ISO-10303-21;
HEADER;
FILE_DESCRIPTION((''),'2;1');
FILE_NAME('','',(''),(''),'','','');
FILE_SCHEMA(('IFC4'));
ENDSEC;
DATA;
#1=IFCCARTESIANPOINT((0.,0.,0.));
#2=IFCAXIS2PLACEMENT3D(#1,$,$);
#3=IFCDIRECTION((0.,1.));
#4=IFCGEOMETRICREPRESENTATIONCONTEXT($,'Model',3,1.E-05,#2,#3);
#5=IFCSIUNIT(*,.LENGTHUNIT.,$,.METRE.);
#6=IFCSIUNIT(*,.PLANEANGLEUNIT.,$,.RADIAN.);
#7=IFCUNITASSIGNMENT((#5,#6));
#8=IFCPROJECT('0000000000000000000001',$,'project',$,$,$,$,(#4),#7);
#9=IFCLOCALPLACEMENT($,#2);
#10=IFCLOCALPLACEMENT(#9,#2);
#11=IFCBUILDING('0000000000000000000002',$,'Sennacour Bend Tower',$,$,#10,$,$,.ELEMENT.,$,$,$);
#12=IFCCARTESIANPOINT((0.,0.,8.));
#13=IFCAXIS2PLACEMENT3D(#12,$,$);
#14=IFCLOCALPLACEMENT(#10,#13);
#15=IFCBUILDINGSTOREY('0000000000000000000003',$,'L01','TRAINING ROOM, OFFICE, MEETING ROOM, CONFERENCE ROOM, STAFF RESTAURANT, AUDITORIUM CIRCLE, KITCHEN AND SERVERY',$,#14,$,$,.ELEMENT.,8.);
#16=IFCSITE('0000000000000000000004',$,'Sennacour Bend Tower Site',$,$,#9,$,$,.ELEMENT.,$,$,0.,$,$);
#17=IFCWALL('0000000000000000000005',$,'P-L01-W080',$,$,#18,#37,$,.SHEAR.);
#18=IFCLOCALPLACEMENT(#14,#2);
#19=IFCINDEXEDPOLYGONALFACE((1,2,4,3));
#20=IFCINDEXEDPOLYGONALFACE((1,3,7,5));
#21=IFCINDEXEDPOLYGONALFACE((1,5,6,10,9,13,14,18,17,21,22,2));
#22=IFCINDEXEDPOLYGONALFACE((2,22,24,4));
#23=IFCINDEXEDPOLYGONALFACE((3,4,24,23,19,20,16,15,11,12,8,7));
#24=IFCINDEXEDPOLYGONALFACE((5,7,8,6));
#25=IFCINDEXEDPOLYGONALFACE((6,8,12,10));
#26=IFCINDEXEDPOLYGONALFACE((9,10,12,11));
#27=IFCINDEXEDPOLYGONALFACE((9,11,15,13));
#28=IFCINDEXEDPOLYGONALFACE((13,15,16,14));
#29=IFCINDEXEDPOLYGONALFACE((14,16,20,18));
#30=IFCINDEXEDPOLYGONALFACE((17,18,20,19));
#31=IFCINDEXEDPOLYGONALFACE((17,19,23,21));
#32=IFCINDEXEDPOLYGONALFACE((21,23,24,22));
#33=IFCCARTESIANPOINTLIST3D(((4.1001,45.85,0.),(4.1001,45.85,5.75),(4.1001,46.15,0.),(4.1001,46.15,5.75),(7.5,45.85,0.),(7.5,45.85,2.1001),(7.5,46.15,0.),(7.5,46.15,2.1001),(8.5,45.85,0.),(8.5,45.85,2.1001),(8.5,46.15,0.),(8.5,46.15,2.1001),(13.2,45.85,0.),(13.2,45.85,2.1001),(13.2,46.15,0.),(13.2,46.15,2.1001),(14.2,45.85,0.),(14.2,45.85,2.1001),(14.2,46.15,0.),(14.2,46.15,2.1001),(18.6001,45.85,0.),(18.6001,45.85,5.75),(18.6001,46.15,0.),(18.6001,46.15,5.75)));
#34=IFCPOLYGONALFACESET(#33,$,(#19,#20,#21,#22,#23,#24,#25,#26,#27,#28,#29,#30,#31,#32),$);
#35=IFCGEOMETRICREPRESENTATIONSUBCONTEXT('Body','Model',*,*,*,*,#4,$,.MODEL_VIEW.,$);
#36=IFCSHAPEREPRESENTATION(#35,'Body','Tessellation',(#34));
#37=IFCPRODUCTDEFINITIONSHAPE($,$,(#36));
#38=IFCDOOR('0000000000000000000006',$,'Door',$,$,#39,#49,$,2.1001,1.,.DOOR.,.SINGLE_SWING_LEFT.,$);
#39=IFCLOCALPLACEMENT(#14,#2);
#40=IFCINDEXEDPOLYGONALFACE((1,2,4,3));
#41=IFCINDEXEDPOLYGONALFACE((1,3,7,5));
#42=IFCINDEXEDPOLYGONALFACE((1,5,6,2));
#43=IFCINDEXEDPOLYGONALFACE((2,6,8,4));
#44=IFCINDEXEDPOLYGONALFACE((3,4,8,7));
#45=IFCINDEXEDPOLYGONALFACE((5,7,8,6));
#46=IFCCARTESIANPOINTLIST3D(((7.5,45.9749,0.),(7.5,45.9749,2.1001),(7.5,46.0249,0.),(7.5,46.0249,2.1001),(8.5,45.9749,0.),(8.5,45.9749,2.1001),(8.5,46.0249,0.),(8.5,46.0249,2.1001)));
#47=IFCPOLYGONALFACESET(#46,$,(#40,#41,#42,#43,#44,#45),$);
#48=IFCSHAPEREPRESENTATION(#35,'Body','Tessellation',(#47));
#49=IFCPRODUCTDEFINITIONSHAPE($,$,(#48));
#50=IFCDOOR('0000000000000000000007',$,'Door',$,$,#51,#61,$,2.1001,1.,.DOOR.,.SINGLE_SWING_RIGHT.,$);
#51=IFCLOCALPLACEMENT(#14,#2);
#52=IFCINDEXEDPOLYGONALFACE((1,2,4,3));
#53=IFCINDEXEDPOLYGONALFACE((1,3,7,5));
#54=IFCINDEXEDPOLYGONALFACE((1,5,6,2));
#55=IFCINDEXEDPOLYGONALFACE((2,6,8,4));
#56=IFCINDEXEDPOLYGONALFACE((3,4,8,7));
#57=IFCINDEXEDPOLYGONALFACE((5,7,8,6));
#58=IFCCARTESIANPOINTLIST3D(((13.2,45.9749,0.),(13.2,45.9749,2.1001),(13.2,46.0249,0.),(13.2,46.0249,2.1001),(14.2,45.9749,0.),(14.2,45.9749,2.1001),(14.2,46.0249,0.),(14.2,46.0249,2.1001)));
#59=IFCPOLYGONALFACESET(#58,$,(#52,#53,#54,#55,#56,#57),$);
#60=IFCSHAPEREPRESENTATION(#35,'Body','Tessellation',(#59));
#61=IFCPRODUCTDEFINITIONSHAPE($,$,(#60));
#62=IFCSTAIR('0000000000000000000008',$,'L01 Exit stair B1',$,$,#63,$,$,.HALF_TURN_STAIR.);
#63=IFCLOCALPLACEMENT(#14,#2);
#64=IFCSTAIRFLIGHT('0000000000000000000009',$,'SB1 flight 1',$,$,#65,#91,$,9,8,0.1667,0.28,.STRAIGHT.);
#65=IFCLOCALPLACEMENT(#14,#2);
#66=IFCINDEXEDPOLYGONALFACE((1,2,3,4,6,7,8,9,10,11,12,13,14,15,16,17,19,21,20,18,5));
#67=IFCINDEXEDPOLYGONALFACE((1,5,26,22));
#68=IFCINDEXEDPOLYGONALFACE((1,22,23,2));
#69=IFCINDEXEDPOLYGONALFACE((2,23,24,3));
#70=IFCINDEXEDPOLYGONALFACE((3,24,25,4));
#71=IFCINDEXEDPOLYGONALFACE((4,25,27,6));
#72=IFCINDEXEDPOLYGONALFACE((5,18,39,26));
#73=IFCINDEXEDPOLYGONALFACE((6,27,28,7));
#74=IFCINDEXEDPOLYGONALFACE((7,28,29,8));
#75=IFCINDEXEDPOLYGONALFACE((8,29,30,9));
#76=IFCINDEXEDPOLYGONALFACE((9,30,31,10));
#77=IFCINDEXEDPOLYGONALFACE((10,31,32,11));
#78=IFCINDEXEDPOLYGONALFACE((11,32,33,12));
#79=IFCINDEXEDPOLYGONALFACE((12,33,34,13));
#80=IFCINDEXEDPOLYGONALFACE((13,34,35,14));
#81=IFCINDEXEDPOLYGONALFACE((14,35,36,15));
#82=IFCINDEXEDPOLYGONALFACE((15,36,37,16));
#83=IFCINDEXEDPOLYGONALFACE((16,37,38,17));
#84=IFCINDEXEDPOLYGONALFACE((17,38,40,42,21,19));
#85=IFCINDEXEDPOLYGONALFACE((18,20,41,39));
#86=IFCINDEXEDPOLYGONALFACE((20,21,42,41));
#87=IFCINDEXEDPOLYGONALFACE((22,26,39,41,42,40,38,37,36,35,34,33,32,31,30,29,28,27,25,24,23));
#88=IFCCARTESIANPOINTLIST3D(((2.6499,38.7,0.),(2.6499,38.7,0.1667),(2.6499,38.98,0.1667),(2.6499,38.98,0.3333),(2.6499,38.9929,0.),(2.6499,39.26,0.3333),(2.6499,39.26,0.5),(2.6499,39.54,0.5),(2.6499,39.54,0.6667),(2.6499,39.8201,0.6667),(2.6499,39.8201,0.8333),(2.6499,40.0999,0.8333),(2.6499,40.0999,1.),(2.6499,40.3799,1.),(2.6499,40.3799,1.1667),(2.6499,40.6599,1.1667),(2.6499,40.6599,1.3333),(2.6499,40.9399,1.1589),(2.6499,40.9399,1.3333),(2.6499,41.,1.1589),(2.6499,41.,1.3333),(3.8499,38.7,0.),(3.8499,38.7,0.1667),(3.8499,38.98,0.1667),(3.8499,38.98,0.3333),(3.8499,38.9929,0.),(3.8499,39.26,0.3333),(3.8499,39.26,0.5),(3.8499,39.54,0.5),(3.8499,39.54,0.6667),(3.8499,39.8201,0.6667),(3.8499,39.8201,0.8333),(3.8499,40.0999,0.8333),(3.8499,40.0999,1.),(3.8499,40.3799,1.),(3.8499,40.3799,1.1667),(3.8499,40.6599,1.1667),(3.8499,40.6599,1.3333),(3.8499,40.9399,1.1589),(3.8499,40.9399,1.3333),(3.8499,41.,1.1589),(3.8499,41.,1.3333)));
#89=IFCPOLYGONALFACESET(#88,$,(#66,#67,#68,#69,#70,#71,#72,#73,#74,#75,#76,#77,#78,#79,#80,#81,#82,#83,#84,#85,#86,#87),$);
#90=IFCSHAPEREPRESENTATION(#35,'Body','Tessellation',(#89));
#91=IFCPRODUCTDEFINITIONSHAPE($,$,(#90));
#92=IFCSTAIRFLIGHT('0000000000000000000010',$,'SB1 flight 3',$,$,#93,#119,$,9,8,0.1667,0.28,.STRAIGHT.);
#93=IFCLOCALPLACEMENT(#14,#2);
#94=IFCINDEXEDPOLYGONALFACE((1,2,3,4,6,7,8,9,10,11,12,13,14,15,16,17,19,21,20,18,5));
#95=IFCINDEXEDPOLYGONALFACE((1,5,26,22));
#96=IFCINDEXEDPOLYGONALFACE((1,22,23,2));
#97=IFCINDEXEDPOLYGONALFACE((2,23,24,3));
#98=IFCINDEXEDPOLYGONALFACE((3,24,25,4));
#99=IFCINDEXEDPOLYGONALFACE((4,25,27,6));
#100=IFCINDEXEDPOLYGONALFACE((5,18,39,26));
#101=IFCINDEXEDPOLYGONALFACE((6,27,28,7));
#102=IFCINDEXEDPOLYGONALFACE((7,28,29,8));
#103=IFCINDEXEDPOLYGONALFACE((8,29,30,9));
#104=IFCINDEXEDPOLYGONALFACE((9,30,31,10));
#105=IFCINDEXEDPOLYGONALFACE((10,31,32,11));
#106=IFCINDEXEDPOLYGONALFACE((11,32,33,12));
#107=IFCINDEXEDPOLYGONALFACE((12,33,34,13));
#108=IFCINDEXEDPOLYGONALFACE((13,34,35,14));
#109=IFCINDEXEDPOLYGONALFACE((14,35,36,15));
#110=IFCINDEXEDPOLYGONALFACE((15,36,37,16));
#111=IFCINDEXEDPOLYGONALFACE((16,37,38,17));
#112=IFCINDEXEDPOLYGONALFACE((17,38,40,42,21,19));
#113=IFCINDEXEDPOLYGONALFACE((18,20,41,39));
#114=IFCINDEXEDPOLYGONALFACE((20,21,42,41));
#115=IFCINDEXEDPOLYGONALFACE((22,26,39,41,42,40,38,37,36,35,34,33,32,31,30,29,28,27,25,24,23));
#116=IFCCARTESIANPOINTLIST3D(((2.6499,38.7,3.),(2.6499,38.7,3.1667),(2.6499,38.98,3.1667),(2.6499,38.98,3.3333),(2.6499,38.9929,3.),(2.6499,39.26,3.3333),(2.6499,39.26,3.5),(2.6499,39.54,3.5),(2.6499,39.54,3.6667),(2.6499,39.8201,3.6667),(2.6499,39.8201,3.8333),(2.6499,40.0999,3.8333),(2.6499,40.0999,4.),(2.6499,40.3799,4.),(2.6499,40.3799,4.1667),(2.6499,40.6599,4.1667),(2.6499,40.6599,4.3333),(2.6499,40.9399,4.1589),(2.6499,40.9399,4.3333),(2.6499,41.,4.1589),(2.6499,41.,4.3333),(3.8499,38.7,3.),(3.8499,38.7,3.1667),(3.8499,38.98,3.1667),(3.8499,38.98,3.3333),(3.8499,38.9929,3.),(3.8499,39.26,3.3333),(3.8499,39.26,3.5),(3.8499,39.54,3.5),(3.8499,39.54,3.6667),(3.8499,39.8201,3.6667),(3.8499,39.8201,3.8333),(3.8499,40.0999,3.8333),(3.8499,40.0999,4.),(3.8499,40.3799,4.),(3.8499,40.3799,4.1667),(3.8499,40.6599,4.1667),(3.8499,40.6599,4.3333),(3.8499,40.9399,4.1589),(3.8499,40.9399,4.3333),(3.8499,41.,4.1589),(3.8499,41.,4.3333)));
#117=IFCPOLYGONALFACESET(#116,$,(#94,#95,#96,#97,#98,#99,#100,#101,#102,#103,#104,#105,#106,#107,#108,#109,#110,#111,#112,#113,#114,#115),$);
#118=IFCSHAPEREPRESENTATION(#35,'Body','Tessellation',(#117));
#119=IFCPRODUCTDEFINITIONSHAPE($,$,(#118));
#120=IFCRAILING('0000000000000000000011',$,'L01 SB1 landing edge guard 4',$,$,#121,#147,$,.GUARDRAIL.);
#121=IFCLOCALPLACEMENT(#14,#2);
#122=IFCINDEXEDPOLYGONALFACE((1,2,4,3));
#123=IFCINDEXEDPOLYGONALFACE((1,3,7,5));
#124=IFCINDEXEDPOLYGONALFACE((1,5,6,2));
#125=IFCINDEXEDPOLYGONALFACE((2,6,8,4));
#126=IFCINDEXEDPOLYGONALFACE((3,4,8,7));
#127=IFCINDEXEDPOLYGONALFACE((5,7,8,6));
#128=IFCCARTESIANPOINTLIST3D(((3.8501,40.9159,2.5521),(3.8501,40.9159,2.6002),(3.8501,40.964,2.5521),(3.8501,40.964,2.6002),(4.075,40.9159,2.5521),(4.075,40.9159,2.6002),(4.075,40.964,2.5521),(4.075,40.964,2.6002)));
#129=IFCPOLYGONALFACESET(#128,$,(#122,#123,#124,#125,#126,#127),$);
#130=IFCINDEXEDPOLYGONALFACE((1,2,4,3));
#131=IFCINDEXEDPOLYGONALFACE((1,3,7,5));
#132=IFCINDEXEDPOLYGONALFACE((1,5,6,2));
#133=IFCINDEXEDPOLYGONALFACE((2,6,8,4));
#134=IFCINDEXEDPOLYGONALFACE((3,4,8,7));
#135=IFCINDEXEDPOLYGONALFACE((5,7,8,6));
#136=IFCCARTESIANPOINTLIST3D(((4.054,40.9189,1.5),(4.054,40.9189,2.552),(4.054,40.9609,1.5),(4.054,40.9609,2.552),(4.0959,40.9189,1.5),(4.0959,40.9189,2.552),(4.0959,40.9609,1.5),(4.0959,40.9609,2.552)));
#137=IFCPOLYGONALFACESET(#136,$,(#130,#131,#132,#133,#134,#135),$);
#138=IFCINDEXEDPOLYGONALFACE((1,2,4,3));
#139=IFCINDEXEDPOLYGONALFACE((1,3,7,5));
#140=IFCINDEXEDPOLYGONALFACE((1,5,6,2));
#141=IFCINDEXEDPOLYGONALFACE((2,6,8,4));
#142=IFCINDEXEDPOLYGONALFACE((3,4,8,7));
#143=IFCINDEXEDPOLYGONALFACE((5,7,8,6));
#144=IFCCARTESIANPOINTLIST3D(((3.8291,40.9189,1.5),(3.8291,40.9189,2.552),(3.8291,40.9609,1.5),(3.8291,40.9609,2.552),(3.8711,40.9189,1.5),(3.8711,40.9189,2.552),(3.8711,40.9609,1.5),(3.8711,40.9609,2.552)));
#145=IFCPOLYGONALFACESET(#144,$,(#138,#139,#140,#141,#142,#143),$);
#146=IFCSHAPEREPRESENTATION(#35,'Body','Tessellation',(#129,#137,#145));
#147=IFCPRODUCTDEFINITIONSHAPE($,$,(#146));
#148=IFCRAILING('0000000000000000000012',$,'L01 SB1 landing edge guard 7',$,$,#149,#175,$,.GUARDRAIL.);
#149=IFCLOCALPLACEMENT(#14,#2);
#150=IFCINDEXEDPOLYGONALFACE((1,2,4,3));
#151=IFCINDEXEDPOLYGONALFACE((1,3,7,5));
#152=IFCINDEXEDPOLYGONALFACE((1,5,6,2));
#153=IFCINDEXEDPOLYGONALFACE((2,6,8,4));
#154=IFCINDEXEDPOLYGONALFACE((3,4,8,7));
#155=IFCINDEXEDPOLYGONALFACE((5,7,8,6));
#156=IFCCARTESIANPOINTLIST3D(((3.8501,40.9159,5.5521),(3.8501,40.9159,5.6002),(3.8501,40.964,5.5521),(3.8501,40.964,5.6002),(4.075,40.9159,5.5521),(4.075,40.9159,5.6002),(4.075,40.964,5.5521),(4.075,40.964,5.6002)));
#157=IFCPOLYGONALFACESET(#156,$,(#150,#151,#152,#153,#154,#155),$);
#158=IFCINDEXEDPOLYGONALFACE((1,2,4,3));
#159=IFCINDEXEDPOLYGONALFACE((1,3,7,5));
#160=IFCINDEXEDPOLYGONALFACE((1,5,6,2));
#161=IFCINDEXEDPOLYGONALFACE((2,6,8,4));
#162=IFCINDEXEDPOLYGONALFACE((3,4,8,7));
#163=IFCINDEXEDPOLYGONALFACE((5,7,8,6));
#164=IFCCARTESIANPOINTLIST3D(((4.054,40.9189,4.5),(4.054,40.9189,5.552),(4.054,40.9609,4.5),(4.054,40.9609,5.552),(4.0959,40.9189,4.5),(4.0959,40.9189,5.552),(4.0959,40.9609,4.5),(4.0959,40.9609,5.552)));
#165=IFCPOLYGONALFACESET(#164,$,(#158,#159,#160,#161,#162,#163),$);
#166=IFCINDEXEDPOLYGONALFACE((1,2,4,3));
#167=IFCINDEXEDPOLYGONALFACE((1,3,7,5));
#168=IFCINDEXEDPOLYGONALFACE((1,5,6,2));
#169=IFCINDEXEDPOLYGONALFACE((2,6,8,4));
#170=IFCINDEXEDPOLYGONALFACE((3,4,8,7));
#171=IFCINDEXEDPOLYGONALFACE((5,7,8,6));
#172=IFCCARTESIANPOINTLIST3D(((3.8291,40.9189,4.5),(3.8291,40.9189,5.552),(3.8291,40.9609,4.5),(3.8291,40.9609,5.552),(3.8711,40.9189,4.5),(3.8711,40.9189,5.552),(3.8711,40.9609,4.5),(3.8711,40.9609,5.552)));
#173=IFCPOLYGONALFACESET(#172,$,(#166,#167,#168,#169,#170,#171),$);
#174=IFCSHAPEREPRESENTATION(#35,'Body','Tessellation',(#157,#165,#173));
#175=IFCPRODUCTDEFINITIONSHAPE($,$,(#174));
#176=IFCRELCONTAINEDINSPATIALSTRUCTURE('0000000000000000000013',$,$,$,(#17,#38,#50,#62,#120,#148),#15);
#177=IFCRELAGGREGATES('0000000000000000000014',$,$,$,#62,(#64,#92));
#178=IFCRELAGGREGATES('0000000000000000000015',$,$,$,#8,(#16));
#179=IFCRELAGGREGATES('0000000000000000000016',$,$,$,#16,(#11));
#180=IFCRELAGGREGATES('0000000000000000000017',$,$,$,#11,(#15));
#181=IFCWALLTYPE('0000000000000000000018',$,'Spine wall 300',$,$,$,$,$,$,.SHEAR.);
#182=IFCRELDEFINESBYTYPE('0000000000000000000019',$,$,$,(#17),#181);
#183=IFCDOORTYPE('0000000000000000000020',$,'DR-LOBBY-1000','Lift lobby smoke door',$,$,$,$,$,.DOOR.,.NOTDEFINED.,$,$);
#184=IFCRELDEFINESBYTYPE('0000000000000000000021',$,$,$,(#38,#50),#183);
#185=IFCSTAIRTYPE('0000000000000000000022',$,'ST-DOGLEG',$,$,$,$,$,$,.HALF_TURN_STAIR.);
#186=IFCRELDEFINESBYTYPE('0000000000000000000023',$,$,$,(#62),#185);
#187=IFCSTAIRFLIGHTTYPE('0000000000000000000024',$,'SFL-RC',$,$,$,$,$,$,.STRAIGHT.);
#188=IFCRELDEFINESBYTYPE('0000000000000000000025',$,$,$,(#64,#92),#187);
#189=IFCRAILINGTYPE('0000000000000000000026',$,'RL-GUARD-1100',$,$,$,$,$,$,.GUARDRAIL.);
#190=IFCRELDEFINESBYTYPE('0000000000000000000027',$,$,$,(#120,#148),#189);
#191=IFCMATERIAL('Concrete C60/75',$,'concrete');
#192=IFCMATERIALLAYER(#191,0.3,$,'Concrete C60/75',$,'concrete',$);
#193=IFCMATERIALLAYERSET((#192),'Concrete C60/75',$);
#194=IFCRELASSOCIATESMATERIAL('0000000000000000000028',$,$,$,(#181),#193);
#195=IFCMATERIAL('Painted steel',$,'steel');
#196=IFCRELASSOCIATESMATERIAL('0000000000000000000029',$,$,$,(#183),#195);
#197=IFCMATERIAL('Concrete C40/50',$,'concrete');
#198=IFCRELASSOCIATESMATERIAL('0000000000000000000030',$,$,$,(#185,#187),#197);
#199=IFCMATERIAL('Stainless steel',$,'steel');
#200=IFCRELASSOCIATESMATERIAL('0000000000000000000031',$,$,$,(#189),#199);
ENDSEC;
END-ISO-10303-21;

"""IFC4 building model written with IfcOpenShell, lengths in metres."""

from ifc_helpers import new_model, si_unit, direction, frame, frame_2d, origin, origin_2d, place, context, subcontext, project, spatial, polyline, rectangle, outline, extrude, material, layer, layer_set, type_object, element, fill, aggregate, save


model = new_model("IFC4")

# Units and contexts
model_context = context("Model", 3, precision=1e-05, world=origin(), true_north=direction((0.0, 1.0)))
body_context = subcontext(model_context, "Body", "Model", "MODEL_VIEW")
ifc_project = project(units=[si_unit("LENGTHUNIT", "METRE"), si_unit("PLANEANGLEUNIT", "RADIAN")], contexts=[model_context])

# Site, building, storey
site_placement = place(None, origin())
site = spatial("IfcSite", under=ifc_project, at=site_placement, Name="Sennacour Bend Tower Site", CompositionType="ELEMENT", RefElevation=0.0)
building_placement = place(site_placement, origin())
building = spatial("IfcBuilding", under=site, at=building_placement, Name="Sennacour Bend Tower", CompositionType="ELEMENT")
storey_placement = place(building_placement, frame((0.0, 0.0, 8.0)))
storey = spatial("IfcBuildingStorey", under=building, at=storey_placement, Name="L01", Description="TRAINING ROOM, OFFICE, MEETING ROOM, CONFERENCE ROOM, STAFF RESTAURANT, AUDITORIUM CIRCLE, KITCHEN AND SERVERY", CompositionType="ELEMENT", Elevation=8.0)

# Shared definitions
ifc_material_1 = material(Name="Painted steel", Category="steel")

# Shared definitions
ifc_material_2 = material(Name="Stainless steel", Category="steel")

# Wall, openings, doors
ifc_material_3 = material(Name="Concrete C60/75", Category="concrete")
ifc_layer_1 = layer(ifc_material_3, 0.3, Name="Concrete C60/75", Category="concrete")
ifc_layer_set_1 = layer_set([ifc_layer_1], Name="Concrete C60/75")
wall_type_1 = type_object("IfcWallType", Name="Spine wall 300", PredefinedType="SHEAR", material=ifc_layer_set_1)
wall_1_placement = place(storey_placement, frame((4.1001, 46.0, 0.0), z_axis=(0.0, 0.0, 1.0), x_axis=(1.0, 0.0, 0.0)))
wall_1 = element("IfcWall", 1, at=wall_1_placement, inside=storey, type_object=wall_type_1, Name="P-L01-W080", PredefinedType="SHEAR", context=body_context, shape_type="SweptSolid", body=[
    extrude(rectangle(XDim=14.5, YDim=0.3, at=frame_2d((7.25, 0.0))), origin(), (0.0, 0.0, 1.0), 5.75),
])
opening_1_placement = place(wall_1_placement, frame((3.3999, 0.0, 0.0)))
opening_1 = element("IfcOpeningElement", 2, at=opening_1_placement, cuts=wall_1, PredefinedType="OPENING", context=body_context, shape_type="SweptSolid", body=[
    extrude(rectangle(XDim=1.0, YDim=2.1001, at=frame_2d((0.5, 1.05))), frame((0.0, 0.1602, 0.0), z_axis=(0.0, -1.0, 0.0), x_axis=(1.0, 0.0, 0.0)), (0.0, 0.0, 1.0), 0.3201),
])
opening_2_placement = place(wall_1_placement, frame((9.0999, 0.0, 0.0)))
opening_2 = element("IfcOpeningElement", 3, at=opening_2_placement, cuts=wall_1, PredefinedType="OPENING", context=body_context, shape_type="SweptSolid", body=[
    extrude(rectangle(XDim=1.0, YDim=2.1001, at=frame_2d((0.5, 1.05))), frame((0.0, 0.1602, 0.0), z_axis=(0.0, -1.0, 0.0), x_axis=(1.0, 0.0, 0.0)), (0.0, 0.0, 1.0), 0.3201),
])
door_type_1 = type_object("IfcDoorType", Name="DR-LOBBY-1000", Description="Lift lobby smoke door", OperationType="NOTDEFINED", PredefinedType="DOOR", material=ifc_material_1)
door_1_placement = place(opening_1_placement, origin())
door_1 = element("IfcDoor", 4, at=door_1_placement, inside=storey, type_object=door_type_1, Name="Door", OperationType="SINGLE_SWING_LEFT", OverallHeight=2.1001, OverallWidth=1.0, PredefinedType="DOOR", context=body_context, shape_type="SweptSolid", body=[
    extrude(rectangle(XDim=1.0, YDim=2.1001, at=frame_2d((0.5, 1.05))), frame((0.0, 0.0249, 0.0), z_axis=(0.0, -1.0, 0.0), x_axis=(1.0, 0.0, 0.0)), (0.0, 0.0, 1.0), 0.05),
])
fill(opening_1, door_1)
door_2_placement = place(opening_2_placement, origin())
door_2 = element("IfcDoor", 5, at=door_2_placement, inside=storey, type_object=door_type_1, Name="Door", OperationType="SINGLE_SWING_RIGHT", OverallHeight=2.1001, OverallWidth=1.0, PredefinedType="DOOR", context=body_context, shape_type="SweptSolid", body=[
    extrude(rectangle(XDim=1.0, YDim=2.1001, at=frame_2d((0.5, 1.05))), frame((0.0, 0.0249, 0.0), z_axis=(0.0, -1.0, 0.0), x_axis=(1.0, 0.0, 0.0)), (0.0, 0.0, 1.0), 0.05),
])
fill(opening_2, door_2)

# Stair, stair flights
ifc_material_4 = material(Name="Concrete C40/50", Category="concrete")
stair_type = type_object("IfcStairType", Name="ST-DOGLEG", PredefinedType="HALF_TURN_STAIR", material=ifc_material_4)
stair_placement = place(storey_placement, origin())
stair = element("IfcStair", 6, at=stair_placement, inside=storey, type_object=stair_type, Name="L01 Exit stair B1", PredefinedType="HALF_TURN_STAIR")
stair_flight_type = type_object("IfcStairFlightType", Name="SFL-RC", PredefinedType="STRAIGHT", material=ifc_material_4)
stair_flight_1_placement = place(storey_placement, frame((3.25, 38.7, 0.0), z_axis=(0.0, 0.0, 1.0), x_axis=(0.0, 1.0, 0.0)))
stair_flight_1 = element("IfcStairFlight", 7, at=stair_flight_1_placement, type_object=stair_flight_type, Name="SB1 flight 1", NumberOfRisers=9, NumberOfTreads=8, PredefinedType="STRAIGHT", RiserHeight=0.1667, TreadLength=0.28, context=body_context, shape_type="SweptSolid", body=[
    extrude(outline(polyline([(0.0, 0.0), (0.0, 0.1667), (0.28, 0.1667), (0.28, 0.3333), (0.5601, 0.3333), (0.5601, 0.5), (0.8401, 0.5), (0.8401, 0.6667), (1.1201, 0.6667), (1.1201, 0.8333), (1.3999, 0.8333), (1.3999, 1.0), (1.6799, 1.0), (1.6799, 1.1667), (1.96, 1.1667), (1.96, 1.3333), (2.24, 1.3333), (2.3, 1.3333), (2.3, 1.1589), (2.24, 1.1589), (0.293, 0.0), (0.0, 0.0)])), frame((0.0, 0.6001, 0.0), z_axis=(0.0, -1.0, 0.0), x_axis=(1.0, 0.0, 0.0)), (0.0, 0.0, 1.0), 1.2),
])
stair_flight_2_placement = place(storey_placement, frame((3.25, 38.7, 3.0), z_axis=(0.0, 0.0, 1.0), x_axis=(0.0, 1.0, 0.0)))
stair_flight_2 = element("IfcStairFlight", 8, at=stair_flight_2_placement, type_object=stair_flight_type, Name="SB1 flight 3", NumberOfRisers=9, NumberOfTreads=8, PredefinedType="STRAIGHT", RiserHeight=0.1667, TreadLength=0.28, context=body_context, shape_type="SweptSolid", body=[
    extrude(outline(polyline([(0.0, 0.0), (0.0, 0.1667), (0.28, 0.1667), (0.28, 0.3333), (0.5601, 0.3333), (0.5601, 0.5), (0.8401, 0.5), (0.8401, 0.6667), (1.1201, 0.6667), (1.1201, 0.8333), (1.3999, 0.8333), (1.3999, 1.0), (1.6799, 1.0), (1.6799, 1.1667), (1.96, 1.1667), (1.96, 1.3333), (2.24, 1.3333), (2.3, 1.3333), (2.3, 1.1589), (2.24, 1.1589), (0.293, 0.0), (0.0, 0.0)])), frame((0.0, 0.6001, 0.0), z_axis=(0.0, -1.0, 0.0), x_axis=(1.0, 0.0, 0.0)), (0.0, 0.0, 1.0), 1.2),
])
aggregate(stair, [stair_flight_1, stair_flight_2])

# Railings
railing_type_1 = type_object("IfcRailingType", Name="RL-GUARD-1100", PredefinedType="GUARDRAIL", material=ifc_material_2)
for number, where, name in (
    (9, (4.075, 40.9399, 1.5), "L01 SB1 landing edge guard 4"),
    (10, (4.075, 40.9399, 4.5), "L01 SB1 landing edge guard 7"),
):
    element("IfcRailing", number, at=place(storey_placement, frame(where)), inside=storey, type_object=railing_type_1, Name=name, PredefinedType="GUARDRAIL", context=body_context, shape_type="SweptSolid", body=[
        extrude(rectangle(XDim=0.0481, YDim=0.0481, at=origin_2d()), frame((0.0, 0.0, 1.0762), z_axis=(-1.0, 0.0, 0.0), x_axis=(0.0, -1.0, 0.0)), (0.0, 0.0, 1.0), 0.2249),
        extrude(rectangle(XDim=0.042, YDim=0.042, at=origin_2d()), origin(), (0.0, 0.0, 1.0), 1.052),
        extrude(rectangle(XDim=0.042, YDim=0.042, at=origin_2d()), frame((-0.2249, 0.0, 0.0)), (0.0, 0.0, 1.0), 1.052),
    ])

save(model, "model.ifc")
